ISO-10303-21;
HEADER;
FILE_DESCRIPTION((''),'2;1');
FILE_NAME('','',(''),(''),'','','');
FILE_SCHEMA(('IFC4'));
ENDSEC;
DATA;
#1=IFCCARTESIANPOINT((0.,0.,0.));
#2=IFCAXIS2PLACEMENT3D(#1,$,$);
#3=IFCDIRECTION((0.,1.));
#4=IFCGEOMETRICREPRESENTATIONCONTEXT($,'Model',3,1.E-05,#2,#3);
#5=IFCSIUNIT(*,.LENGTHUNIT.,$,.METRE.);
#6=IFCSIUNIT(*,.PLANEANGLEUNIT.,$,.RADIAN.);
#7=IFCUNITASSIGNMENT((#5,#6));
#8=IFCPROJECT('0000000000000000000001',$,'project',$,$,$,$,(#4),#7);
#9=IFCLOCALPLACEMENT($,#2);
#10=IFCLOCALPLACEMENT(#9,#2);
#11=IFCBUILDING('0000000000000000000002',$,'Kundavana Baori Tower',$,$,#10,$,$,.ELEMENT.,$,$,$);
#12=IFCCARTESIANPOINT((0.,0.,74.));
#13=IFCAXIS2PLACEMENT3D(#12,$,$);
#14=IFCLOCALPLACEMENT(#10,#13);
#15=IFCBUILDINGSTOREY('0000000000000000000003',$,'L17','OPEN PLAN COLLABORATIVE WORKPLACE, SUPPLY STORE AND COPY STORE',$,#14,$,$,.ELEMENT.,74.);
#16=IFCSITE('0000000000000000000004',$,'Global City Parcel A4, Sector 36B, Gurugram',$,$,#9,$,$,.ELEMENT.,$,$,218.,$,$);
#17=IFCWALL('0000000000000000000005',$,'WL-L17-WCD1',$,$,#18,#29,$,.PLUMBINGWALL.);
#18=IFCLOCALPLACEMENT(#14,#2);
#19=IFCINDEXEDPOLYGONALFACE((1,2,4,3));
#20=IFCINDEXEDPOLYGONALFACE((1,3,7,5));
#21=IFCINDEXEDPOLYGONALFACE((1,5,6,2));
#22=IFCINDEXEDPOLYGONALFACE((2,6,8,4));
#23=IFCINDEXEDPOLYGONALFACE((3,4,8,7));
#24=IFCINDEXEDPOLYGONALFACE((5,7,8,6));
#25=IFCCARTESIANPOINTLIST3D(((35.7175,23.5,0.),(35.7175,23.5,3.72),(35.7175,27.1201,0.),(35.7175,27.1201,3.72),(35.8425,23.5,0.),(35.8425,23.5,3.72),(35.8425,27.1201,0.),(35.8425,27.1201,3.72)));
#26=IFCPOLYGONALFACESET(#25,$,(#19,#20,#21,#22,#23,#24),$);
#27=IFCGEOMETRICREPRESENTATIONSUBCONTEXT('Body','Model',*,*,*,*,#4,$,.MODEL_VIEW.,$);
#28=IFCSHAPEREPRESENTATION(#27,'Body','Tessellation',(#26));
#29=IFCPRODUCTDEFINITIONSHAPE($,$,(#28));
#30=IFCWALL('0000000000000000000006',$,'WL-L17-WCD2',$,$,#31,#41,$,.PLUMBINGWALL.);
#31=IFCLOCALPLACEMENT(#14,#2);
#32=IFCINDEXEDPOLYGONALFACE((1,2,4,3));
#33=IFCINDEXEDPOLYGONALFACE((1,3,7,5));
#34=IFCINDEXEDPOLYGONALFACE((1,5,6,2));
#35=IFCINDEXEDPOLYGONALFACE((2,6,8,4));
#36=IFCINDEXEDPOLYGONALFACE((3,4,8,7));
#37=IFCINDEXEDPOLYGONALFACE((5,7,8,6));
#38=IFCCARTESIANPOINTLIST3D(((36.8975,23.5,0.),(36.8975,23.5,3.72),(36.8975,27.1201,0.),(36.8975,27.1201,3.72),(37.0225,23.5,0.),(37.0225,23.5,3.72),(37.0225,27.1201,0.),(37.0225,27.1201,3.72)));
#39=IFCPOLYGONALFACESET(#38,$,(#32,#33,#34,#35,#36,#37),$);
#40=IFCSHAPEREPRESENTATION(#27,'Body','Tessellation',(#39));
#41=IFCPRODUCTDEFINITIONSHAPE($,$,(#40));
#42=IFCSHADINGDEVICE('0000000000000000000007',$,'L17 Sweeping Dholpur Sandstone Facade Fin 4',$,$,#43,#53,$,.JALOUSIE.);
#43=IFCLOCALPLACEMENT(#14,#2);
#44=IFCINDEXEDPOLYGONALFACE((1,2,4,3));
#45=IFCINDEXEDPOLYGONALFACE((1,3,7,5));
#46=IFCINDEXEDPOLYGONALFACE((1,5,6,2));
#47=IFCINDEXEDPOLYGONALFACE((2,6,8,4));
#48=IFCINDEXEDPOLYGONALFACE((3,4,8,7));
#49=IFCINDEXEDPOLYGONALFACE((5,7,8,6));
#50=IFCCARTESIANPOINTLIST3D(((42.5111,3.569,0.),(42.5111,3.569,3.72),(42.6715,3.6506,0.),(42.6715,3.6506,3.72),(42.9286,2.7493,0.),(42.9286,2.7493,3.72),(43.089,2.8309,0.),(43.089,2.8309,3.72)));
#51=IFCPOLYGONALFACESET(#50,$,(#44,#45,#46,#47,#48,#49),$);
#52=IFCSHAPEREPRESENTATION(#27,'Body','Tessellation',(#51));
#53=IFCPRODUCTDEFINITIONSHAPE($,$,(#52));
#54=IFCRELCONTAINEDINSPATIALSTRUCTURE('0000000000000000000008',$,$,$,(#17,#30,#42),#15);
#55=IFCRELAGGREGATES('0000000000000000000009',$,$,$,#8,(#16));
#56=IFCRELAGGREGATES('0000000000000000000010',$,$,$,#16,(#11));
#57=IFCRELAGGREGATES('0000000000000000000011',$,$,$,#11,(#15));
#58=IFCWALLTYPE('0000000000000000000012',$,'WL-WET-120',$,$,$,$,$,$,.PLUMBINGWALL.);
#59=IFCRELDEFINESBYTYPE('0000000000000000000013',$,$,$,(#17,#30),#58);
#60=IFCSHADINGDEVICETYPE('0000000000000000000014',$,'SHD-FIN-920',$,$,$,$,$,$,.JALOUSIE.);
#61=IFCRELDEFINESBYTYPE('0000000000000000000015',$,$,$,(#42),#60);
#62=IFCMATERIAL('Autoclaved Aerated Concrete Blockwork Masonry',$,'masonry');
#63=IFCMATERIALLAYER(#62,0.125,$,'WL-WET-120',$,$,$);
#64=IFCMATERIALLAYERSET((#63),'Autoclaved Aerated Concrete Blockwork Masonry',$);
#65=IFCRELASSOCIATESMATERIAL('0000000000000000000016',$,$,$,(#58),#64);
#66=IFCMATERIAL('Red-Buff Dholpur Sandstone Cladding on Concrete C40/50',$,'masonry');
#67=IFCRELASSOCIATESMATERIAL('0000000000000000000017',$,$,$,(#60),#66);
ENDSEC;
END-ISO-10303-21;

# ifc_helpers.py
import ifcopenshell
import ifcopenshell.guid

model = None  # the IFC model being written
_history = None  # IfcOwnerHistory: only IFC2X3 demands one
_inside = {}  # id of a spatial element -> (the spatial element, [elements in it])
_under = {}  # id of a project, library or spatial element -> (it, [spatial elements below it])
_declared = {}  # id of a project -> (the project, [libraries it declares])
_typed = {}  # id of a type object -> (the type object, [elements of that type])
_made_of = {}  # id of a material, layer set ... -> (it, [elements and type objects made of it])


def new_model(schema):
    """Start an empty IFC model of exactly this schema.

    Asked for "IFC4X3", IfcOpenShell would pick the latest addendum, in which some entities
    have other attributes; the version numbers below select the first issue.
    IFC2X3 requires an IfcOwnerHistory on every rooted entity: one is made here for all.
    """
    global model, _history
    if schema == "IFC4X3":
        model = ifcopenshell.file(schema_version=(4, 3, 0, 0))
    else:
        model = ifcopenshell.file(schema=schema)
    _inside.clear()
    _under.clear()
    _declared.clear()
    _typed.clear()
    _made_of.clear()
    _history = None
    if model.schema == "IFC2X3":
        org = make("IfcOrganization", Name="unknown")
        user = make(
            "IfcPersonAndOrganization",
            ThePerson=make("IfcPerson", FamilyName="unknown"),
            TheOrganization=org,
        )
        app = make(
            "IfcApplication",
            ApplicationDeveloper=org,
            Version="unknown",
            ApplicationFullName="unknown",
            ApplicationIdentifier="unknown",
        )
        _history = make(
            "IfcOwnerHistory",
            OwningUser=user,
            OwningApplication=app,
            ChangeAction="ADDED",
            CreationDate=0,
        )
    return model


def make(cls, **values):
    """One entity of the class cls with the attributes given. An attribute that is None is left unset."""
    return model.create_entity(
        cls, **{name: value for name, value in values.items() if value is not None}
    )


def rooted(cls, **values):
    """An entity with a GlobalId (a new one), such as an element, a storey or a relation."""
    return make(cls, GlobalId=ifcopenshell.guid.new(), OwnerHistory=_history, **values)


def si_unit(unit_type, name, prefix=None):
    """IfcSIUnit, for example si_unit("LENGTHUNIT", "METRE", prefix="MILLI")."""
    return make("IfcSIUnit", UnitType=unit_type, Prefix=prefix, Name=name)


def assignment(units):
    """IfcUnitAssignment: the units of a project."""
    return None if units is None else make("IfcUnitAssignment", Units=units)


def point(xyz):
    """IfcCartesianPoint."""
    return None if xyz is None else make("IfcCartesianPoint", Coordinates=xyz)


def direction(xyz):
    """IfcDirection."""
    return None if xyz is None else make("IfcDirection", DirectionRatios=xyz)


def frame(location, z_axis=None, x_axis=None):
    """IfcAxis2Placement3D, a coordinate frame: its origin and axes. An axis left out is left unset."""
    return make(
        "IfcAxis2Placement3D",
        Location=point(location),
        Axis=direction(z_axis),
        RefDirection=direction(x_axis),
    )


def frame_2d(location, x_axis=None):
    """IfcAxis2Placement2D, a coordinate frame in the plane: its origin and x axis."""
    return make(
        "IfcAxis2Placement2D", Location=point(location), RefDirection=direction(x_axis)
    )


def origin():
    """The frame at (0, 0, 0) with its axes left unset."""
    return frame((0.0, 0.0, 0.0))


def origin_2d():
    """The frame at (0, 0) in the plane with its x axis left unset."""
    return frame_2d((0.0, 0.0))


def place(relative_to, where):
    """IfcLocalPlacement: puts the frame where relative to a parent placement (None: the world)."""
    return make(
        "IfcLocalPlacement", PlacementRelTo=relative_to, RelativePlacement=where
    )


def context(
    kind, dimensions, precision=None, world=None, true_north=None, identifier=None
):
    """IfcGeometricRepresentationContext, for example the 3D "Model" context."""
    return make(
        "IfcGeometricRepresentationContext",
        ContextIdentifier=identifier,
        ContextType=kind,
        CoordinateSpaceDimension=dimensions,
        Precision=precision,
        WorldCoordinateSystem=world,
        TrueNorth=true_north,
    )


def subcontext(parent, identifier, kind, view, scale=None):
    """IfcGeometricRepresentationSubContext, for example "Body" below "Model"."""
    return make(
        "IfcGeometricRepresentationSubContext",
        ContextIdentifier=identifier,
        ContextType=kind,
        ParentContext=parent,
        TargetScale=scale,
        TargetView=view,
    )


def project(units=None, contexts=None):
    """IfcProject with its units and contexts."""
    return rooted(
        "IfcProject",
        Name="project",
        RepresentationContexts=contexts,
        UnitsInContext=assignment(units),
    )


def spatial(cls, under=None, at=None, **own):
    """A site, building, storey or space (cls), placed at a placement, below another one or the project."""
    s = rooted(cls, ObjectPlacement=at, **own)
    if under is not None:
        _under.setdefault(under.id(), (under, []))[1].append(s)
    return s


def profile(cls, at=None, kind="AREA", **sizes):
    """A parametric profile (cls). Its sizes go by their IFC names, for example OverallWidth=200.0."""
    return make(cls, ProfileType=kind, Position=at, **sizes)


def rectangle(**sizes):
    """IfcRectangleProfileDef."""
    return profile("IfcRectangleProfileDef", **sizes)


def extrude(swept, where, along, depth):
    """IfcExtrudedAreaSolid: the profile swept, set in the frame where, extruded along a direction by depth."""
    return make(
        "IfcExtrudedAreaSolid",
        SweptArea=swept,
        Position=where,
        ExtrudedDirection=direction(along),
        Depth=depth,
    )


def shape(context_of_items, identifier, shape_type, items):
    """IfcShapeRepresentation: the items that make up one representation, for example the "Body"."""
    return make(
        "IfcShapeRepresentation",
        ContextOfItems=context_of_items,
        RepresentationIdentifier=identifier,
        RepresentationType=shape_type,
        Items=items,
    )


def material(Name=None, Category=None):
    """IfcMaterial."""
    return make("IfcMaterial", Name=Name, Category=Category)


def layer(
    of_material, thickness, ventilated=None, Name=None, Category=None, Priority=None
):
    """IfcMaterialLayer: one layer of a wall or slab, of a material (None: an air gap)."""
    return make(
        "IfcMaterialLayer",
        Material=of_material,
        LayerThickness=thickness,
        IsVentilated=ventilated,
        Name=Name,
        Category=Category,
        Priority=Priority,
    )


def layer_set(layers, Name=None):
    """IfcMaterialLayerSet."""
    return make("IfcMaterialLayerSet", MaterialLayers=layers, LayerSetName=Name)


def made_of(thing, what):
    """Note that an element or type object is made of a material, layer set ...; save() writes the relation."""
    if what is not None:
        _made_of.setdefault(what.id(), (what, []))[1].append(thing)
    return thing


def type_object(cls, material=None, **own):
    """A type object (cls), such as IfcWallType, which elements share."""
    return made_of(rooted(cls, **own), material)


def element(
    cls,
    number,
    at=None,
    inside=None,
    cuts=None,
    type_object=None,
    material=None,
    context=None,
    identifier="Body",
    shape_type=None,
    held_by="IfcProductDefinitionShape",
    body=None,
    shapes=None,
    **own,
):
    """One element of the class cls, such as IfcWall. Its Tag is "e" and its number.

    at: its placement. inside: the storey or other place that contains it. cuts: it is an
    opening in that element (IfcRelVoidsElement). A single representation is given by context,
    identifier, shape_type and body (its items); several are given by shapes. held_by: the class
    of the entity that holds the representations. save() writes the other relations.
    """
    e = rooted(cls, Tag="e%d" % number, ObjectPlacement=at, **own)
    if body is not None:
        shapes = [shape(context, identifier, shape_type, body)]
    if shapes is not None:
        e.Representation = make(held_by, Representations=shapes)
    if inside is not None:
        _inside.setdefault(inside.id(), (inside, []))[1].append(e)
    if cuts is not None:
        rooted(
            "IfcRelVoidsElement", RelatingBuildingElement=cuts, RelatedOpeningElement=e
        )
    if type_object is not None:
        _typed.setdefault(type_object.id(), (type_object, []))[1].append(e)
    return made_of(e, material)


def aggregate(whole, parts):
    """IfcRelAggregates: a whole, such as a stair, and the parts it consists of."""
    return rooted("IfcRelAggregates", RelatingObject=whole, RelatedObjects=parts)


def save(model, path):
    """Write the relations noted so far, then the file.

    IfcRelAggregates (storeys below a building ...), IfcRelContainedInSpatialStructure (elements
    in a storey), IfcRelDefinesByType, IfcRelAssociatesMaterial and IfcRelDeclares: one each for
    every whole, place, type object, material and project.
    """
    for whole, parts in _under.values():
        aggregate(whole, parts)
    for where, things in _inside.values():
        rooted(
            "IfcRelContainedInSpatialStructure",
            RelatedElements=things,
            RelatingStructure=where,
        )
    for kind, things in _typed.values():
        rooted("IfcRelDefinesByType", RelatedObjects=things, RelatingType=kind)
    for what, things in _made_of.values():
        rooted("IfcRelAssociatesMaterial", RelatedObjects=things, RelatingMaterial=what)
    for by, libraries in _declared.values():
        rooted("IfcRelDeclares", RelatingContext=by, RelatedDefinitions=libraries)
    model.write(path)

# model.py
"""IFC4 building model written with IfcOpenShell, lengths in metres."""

from ifc_helpers import new_model, si_unit, direction, frame, frame_2d, origin, origin_2d, place, context, subcontext, project, spatial, rectangle, extrude, material, layer, layer_set, type_object, element, save


model = new_model("IFC4")

# Units and contexts
model_context = context("Model", 3, precision=1e-05, world=origin(), true_north=direction((0.0, 1.0)))
body_context = subcontext(model_context, "Body", "Model", "MODEL_VIEW")
ifc_project = project(units=[si_unit("LENGTHUNIT", "METRE"), si_unit("PLANEANGLEUNIT", "RADIAN")], contexts=[model_context])

# Site, building, storey
site_placement = place(None, origin())
site = spatial("IfcSite", under=ifc_project, at=site_placement, Name="Global City Parcel A4, Sector 36B, Gurugram", CompositionType="ELEMENT", RefElevation=218.0)
building_placement = place(site_placement, origin())
building = spatial("IfcBuilding", under=site, at=building_placement, Name="Kundavana Baori Tower", CompositionType="ELEMENT")
storey_placement = place(building_placement, frame((0.0, 0.0, 74.0)))
storey = spatial("IfcBuildingStorey", under=building, at=storey_placement, Name="L17", Description="OPEN PLAN COLLABORATIVE WORKPLACE, SUPPLY STORE AND COPY STORE", CompositionType="ELEMENT", Elevation=74.0)

# Walls
ifc_material_1 = material(Name="Autoclaved Aerated Concrete Blockwork Masonry", Category="masonry")
ifc_layer_1 = layer(ifc_material_1, 0.125, Name="WL-WET-120")
ifc_layer_set_1 = layer_set([ifc_layer_1], Name="Autoclaved Aerated Concrete Blockwork Masonry")
wall_type_1 = type_object("IfcWallType", Name="WL-WET-120", PredefinedType="PLUMBINGWALL", material=ifc_layer_set_1)
for number, where, z_axis, x_axis, name in (
    (1, (35.78, 23.5, 0.0), (0.0, 0.0, 1.0), (0.0, 1.0, 0.0), "WL-L17-WCD1"),
    (2, (36.96, 23.5, 0.0), (0.0, 0.0, 1.0), (0.0, 1.0, 0.0), "WL-L17-WCD2"),
):
    element("IfcWall", number, at=place(storey_placement, frame(where, z_axis=z_axis, x_axis=x_axis)), inside=storey, type_object=wall_type_1, Name=name, PredefinedType="PLUMBINGWALL", context=body_context, shape_type="SweptSolid", body=[
        extrude(rectangle(XDim=3.6201, YDim=0.125, at=frame_2d((1.8101, 0.0))), origin(), (0.0, 0.0, 1.0), 3.72),
    ])

# Shading device
ifc_material_2 = material(Name="Red-Buff Dholpur Sandstone Cladding on Concrete C40/50", Category="masonry")
shading_device_type = type_object("IfcShadingDeviceType", Name="SHD-FIN-920", PredefinedType="JALOUSIE", material=ifc_material_2)
shading_device_placement = place(storey_placement, frame((42.8, 3.2, 0.0), z_axis=(0.0, 0.0, 1.0), x_axis=(0.891086, 0.453835, 0.0)))
element("IfcShadingDevice", 3, at=shading_device_placement, inside=storey, type_object=shading_device_type, Name="L17 Sweeping Dholpur Sandstone Facade Fin 4", PredefinedType="JALOUSIE", context=body_context, shape_type="SweptSolid", body=[
    extrude(rectangle(XDim=0.1799, YDim=0.9199, at=origin_2d()), origin(), (0.0, 0.0, 1.0), 3.72),
])

save(model, "model.ifc")
